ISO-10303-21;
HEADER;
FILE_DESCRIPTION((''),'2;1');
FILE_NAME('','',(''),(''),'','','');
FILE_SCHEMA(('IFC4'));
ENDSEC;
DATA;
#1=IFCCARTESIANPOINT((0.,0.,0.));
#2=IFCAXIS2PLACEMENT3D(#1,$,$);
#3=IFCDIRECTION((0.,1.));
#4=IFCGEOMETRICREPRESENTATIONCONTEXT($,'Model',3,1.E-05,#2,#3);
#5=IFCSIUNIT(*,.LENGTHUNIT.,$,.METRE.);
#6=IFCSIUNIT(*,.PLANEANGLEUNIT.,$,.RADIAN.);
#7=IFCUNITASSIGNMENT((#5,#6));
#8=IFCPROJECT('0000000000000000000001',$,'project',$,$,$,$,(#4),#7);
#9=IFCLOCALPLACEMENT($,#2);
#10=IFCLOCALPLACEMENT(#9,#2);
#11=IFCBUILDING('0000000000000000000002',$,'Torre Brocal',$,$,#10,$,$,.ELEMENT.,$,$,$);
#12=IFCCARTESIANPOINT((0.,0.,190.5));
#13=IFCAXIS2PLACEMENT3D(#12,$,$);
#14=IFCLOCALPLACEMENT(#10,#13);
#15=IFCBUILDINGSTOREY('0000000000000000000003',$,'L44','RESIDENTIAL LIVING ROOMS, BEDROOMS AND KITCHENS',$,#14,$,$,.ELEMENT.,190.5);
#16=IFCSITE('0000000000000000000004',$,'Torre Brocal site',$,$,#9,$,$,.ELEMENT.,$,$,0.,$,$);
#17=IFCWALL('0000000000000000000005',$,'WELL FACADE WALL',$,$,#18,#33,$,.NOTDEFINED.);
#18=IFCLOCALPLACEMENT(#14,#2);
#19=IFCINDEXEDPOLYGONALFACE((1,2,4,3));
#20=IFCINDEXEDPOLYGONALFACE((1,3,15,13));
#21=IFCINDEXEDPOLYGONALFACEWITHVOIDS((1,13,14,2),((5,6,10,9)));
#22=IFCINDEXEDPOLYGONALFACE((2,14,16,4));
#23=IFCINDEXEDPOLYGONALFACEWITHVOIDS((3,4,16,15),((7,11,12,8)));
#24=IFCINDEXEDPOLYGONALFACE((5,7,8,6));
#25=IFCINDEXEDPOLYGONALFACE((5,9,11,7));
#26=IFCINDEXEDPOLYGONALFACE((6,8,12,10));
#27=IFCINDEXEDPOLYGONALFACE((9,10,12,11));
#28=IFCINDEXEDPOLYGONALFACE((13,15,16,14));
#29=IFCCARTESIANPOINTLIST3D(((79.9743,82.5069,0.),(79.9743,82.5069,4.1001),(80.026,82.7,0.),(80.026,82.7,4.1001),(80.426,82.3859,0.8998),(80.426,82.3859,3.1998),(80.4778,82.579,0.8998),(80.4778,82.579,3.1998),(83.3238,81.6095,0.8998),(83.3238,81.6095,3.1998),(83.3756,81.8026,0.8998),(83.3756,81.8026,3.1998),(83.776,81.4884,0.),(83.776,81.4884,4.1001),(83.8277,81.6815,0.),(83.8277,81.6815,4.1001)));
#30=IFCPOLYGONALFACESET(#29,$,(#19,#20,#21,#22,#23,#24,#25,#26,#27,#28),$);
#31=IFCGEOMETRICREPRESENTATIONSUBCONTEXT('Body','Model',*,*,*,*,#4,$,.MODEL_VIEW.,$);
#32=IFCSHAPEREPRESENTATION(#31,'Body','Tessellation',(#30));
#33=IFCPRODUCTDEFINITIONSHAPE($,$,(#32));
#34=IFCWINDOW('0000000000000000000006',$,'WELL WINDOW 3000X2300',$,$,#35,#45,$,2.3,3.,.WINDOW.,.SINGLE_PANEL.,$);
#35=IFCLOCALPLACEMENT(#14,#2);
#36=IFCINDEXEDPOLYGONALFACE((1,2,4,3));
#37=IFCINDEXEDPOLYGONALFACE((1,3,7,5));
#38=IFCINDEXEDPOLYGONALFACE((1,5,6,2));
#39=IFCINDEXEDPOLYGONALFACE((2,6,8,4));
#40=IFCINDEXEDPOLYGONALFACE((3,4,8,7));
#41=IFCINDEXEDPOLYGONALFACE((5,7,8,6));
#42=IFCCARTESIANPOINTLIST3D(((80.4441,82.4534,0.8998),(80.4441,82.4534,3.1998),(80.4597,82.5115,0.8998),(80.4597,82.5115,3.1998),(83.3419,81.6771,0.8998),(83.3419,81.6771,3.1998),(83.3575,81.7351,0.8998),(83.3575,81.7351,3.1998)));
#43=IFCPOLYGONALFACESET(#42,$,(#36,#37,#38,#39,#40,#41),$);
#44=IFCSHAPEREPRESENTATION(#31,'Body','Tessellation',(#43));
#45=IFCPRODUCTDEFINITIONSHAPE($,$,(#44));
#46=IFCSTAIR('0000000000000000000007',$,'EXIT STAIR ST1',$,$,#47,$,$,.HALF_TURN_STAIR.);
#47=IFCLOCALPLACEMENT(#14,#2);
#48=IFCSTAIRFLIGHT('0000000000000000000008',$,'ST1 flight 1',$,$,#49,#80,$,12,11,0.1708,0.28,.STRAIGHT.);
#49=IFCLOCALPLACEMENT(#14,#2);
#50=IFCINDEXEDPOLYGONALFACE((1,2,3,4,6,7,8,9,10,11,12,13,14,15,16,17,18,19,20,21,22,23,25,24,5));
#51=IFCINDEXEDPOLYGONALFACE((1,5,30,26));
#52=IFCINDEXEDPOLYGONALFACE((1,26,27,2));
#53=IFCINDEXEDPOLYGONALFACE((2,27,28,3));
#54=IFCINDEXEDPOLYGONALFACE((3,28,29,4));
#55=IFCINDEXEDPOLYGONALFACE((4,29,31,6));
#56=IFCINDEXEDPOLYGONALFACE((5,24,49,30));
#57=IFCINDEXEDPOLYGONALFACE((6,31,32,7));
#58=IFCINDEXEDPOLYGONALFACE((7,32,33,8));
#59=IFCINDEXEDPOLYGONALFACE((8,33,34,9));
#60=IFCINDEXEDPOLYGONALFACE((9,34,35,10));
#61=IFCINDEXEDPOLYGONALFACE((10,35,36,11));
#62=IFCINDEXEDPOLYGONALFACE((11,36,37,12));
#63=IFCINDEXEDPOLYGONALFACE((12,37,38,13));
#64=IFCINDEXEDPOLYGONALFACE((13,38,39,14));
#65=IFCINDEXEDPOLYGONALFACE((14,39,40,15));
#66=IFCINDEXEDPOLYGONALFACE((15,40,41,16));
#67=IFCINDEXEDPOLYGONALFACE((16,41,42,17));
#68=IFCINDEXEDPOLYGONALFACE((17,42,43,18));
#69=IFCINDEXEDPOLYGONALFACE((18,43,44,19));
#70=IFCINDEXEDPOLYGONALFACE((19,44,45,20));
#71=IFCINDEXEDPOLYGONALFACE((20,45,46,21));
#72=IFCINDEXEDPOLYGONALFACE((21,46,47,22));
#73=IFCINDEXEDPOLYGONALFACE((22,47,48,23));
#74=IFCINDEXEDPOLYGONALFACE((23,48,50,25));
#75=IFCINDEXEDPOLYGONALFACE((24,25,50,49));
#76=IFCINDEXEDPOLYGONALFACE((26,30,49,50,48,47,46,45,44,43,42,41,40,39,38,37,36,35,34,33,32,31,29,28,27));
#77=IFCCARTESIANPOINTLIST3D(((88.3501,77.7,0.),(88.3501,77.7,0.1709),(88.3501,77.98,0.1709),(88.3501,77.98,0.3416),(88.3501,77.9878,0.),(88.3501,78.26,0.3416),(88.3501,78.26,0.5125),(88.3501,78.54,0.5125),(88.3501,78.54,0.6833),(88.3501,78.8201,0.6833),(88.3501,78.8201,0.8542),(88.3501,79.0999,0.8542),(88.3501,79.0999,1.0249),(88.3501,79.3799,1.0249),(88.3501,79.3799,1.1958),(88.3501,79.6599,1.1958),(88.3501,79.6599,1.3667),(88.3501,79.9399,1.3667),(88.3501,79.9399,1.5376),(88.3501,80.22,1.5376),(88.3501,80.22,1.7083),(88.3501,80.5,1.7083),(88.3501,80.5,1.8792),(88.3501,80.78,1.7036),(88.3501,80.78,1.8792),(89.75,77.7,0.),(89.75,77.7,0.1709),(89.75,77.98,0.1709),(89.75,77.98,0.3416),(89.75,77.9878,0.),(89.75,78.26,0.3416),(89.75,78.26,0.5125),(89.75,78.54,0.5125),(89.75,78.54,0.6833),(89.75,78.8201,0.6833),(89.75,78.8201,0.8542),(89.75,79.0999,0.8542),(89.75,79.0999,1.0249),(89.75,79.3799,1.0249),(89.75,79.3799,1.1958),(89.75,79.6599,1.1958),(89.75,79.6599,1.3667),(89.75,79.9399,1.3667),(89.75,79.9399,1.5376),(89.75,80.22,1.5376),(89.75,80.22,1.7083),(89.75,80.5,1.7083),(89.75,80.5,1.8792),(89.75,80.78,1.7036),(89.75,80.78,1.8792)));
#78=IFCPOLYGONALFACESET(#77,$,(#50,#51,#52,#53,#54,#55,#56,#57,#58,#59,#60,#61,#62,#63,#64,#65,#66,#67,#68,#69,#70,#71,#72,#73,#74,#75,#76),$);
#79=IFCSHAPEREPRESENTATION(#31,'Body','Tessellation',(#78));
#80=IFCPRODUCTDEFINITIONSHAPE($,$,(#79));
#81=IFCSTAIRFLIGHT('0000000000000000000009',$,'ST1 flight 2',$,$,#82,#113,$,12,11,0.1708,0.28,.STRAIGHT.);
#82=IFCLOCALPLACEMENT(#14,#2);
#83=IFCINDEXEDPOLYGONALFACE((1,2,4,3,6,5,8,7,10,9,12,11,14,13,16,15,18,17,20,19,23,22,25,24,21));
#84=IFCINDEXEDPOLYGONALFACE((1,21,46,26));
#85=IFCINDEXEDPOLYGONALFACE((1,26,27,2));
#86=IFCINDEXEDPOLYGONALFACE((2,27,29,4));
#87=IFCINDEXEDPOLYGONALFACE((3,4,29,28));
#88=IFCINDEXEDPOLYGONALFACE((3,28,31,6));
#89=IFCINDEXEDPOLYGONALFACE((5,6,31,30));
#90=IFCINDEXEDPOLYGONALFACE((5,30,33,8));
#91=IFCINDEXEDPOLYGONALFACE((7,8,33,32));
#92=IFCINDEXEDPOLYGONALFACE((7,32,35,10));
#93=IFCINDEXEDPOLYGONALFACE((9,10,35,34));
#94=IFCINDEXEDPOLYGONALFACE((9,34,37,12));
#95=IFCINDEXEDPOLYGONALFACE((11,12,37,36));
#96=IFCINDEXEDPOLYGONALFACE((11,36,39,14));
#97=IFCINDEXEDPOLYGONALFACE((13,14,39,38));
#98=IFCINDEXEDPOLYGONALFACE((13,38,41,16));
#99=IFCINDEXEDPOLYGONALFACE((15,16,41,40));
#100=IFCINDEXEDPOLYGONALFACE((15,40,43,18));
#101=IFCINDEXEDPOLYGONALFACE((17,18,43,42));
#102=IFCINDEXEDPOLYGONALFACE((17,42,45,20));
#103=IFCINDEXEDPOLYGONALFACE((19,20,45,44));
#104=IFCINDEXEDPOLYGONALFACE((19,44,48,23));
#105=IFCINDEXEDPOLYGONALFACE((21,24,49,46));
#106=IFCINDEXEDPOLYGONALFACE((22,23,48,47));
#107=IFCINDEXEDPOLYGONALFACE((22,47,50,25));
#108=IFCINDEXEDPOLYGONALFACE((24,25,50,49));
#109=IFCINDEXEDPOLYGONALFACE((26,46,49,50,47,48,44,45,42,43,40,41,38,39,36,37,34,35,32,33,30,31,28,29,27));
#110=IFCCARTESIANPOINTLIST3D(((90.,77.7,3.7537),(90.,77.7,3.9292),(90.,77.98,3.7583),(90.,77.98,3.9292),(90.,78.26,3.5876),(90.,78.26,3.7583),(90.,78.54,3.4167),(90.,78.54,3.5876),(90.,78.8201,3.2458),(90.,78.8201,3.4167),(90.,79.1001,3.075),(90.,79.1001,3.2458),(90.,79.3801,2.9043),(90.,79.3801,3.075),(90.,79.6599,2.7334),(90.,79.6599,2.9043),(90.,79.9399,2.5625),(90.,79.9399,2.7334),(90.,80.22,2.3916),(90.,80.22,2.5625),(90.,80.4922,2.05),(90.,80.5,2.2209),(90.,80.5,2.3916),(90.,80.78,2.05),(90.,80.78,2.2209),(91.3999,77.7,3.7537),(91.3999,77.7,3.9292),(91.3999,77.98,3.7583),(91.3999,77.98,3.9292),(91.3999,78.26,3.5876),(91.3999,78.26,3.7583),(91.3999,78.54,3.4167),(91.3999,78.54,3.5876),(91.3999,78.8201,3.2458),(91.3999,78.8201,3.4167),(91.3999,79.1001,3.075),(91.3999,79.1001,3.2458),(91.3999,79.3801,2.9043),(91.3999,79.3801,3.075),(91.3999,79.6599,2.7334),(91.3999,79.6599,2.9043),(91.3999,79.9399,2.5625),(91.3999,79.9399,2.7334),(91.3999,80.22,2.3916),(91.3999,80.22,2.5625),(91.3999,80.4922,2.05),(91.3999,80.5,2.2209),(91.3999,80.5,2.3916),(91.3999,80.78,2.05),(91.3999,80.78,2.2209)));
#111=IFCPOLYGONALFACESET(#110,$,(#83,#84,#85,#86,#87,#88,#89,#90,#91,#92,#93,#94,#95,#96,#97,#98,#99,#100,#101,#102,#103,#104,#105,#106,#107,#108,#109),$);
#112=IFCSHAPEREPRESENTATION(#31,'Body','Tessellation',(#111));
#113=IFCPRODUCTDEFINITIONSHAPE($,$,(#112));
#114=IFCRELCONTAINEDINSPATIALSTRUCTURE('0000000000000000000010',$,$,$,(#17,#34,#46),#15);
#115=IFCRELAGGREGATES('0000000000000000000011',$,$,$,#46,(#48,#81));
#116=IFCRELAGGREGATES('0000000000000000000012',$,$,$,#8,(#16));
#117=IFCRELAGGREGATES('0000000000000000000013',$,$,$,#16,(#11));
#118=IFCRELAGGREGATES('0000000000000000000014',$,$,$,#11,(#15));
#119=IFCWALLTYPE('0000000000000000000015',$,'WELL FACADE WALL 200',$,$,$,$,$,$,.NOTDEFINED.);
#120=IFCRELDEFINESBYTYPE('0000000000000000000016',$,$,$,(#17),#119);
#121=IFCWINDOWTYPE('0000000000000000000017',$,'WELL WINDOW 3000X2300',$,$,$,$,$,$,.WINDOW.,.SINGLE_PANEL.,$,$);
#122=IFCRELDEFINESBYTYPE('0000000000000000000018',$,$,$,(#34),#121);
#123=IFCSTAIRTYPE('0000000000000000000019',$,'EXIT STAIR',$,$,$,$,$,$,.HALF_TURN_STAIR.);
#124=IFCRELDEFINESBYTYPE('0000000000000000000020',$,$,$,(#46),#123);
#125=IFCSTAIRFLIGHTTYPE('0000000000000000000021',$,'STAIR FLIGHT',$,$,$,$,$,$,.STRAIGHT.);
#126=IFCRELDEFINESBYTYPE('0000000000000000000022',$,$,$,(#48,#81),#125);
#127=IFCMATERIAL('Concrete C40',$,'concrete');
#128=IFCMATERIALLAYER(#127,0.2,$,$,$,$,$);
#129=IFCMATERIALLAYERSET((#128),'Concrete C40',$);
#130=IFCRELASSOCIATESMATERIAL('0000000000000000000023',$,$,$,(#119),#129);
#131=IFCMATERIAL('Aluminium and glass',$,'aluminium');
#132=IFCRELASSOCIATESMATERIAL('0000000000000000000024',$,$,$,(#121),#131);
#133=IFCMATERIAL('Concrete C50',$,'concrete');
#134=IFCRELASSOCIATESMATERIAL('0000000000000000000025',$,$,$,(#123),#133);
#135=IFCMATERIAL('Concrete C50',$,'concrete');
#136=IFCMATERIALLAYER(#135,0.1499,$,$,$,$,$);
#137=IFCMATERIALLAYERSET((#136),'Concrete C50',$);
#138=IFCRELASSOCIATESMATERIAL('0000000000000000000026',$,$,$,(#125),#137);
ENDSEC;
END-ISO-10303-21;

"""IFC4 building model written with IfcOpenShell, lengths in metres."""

from ifc_helpers import new_model, si_unit, direction, frame, frame_2d, origin, place, context, subcontext, project, spatial, polyline, rectangle, outline, extrude, material, layer, layer_set, type_object, element, fill, aggregate, save


model = new_model("IFC4")

# Units and contexts
model_context = context("Model", 3, precision=1e-05, world=origin(), true_north=direction((0.0, 1.0)))
body_context = subcontext(model_context, "Body", "Model", "MODEL_VIEW")
ifc_project = project(units=[si_unit("LENGTHUNIT", "METRE"), si_unit("PLANEANGLEUNIT", "RADIAN")], contexts=[model_context])

# Site, building, storey
site_placement = place(None, origin())
site = spatial("IfcSite", under=ifc_project, at=site_placement, Name="Torre Brocal site", CompositionType="ELEMENT", RefElevation=0.0)
building_placement = place(site_placement, origin())
building = spatial("IfcBuilding", under=site, at=building_placement, Name="Torre Brocal", CompositionType="ELEMENT")
storey_placement = place(building_placement, frame((0.0, 0.0, 190.5)))
storey = spatial("IfcBuildingStorey", under=building, at=storey_placement, Name="L44", Description="RESIDENTIAL LIVING ROOMS, BEDROOMS AND KITCHENS", CompositionType="ELEMENT", Elevation=190.5)

# Wall, opening, window
ifc_material_1 = material(Name="Concrete C40", Category="concrete")
ifc_layer_1 = layer(ifc_material_1, 0.2)
ifc_layer_set_1 = layer_set([ifc_layer_1], Name="Concrete C40")
wall_type_1 = type_object("IfcWallType", Name="WELL FACADE WALL 200", PredefinedType="NOTDEFINED", material=ifc_layer_set_1)
ifc_material_2 = material(Name="Aluminium and glass", Category="aluminium")
window_type = type_object("IfcWindowType", Name="WELL WINDOW 3000X2300", PartitioningType="SINGLE_PANEL", PredefinedType="WINDOW", material=ifc_material_2)
wall_1_placement = place(storey_placement, frame((83.8018, 81.585, 0.0), z_axis=(0.0, 0.0, 1.0), x_axis=(-0.965934, 0.25879, 0.0)))
wall_1 = element("IfcWall", 1, at=wall_1_placement, inside=storey, type_object=wall_type_1, Name="WELL FACADE WALL", PredefinedType="NOTDEFINED", context=body_context, shape_type="SweptSolid", body=[
    extrude(rectangle(XDim=3.9358, YDim=0.2, at=frame_2d((1.9678, 0.0))), origin(), (0.0, 0.0, 1.0), 4.1001),
])
opening_1_placement = place(wall_1_placement, frame((0.468, 0.0, 0.8999)))
opening_1 = element("IfcOpeningElement", 2, at=opening_1_placement, cuts=wall_1, PredefinedType="OPENING", context=body_context, shape_type="SweptSolid", body=[
    extrude(rectangle(XDim=3.0, YDim=2.3, at=frame_2d((1.5, 1.1499))), frame((0.0, 0.1099, 0.0), z_axis=(0.0, -1.0, 0.0), x_axis=(1.0, 0.0, 0.0)), (0.0, 0.0, 1.0), 0.22),
])
window_1_placement = place(opening_1_placement, origin())
window_1 = element("IfcWindow", 3, at=window_1_placement, inside=storey, type_object=window_type, Name="WELL WINDOW 3000X2300", OverallHeight=2.3, OverallWidth=3.0, PartitioningType="SINGLE_PANEL", PredefinedType="WINDOW", context=body_context, shape_type="SweptSolid", body=[
    extrude(rectangle(XDim=3.0, YDim=2.3, at=frame_2d((1.5, 1.1499))), frame((0.0, 0.03, 0.0), z_axis=(0.0, -1.0, 0.0), x_axis=(1.0, 0.0, 0.0)), (0.0, 0.0, 1.0), 0.0601),
])
fill(opening_1, window_1)

# Stair, stair flights
ifc_material_3 = material(Name="Concrete C50", Category="concrete")
stair_type = type_object("IfcStairType", Name="EXIT STAIR", PredefinedType="HALF_TURN_STAIR", material=ifc_material_3)
stair_placement = place(storey_placement, origin())
stair = element("IfcStair", 4, at=stair_placement, inside=storey, type_object=stair_type, Name="EXIT STAIR ST1", PredefinedType="HALF_TURN_STAIR")
ifc_material_4 = material(Name="Concrete C50", Category="concrete")
ifc_layer_2 = layer(ifc_material_4, 0.1499)
ifc_layer_set_2 = layer_set([ifc_layer_2], Name="Concrete C50")
stair_flight_type = type_object("IfcStairFlightType", Name="STAIR FLIGHT", PredefinedType="STRAIGHT", material=ifc_layer_set_2)
stair_flight_1_placement = place(storey_placement, frame((89.05, 77.7, 0.0), z_axis=(0.0, 0.0, 1.0), x_axis=(0.0, 1.0, 0.0)))
stair_flight_1 = element("IfcStairFlight", 5, at=stair_flight_1_placement, type_object=stair_flight_type, Name="ST1 flight 1", NumberOfRisers=12, NumberOfTreads=11, PredefinedType="STRAIGHT", RiserHeight=0.1708, TreadLength=0.28, context=body_context, shape_type="SweptSolid", body=[
    extrude(outline(polyline([(0.0, 0.0), (0.0, 0.1709), (0.28, 0.1709), (0.28, 0.3416), (0.5601, 0.3416), (0.5601, 0.5125), (0.8401, 0.5125), (0.8401, 0.6833), (1.1201, 0.6833), (1.1201, 0.8542), (1.3999, 0.8542), (1.3999, 1.0249), (1.6799, 1.0249), (1.6799, 1.1958), (1.96, 1.1958), (1.96, 1.3667), (2.24, 1.3667), (2.24, 1.5376), (2.52, 1.5376), (2.52, 1.7083), (2.8, 1.7083), (2.8, 1.8792), (3.0801, 1.8792), (3.0801, 2.05), (3.0801, 1.7036), (0.2878, 0.0), (0.0, 0.0)])), frame((0.0, 0.7, 0.0), z_axis=(0.0, -1.0, 0.0), x_axis=(1.0, 0.0, 0.0)), (0.0, 0.0, 1.0), 1.3999),
])
stair_flight_2_placement = place(storey_placement, frame((90.7, 80.78, 2.05), z_axis=(0.0, 0.0, 1.0), x_axis=(0.0, -1.0, 0.0)))
stair_flight_2 = element("IfcStairFlight", 6, at=stair_flight_2_placement, type_object=stair_flight_type, Name="ST1 flight 2", NumberOfRisers=12, NumberOfTreads=11, PredefinedType="STRAIGHT", RiserHeight=0.1708, TreadLength=0.28, context=body_context, shape_type="SweptSolid", body=[
    extrude(outline(polyline([(0.0, 0.0), (0.0, 0.1709), (0.28, 0.1709), (0.28, 0.3416), (0.5601, 0.3416), (0.5601, 0.5125), (0.8401, 0.5125), (0.8401, 0.6833), (1.1201, 0.6833), (1.1201, 0.8542), (1.3999, 0.8542), (1.3999, 1.0249), (1.6799, 1.0249), (1.6799, 1.1958), (1.96, 1.1958), (1.96, 1.3667), (2.24, 1.3667), (2.24, 1.5376), (2.52, 1.5376), (2.52, 1.7083), (2.8, 1.7083), (2.8, 1.8792), (3.0801, 1.8792), (3.0801, 2.05), (3.0801, 1.7036), (0.2878, 0.0), (0.0, 0.0)])), frame((0.0, 0.7, 0.0), z_axis=(0.0, -1.0, 0.0), x_axis=(1.0, 0.0, 0.0)), (0.0, 0.0, 1.0), 1.3999),
])
aggregate(stair, [stair_flight_1, stair_flight_2])

save(model, "model.ifc")
